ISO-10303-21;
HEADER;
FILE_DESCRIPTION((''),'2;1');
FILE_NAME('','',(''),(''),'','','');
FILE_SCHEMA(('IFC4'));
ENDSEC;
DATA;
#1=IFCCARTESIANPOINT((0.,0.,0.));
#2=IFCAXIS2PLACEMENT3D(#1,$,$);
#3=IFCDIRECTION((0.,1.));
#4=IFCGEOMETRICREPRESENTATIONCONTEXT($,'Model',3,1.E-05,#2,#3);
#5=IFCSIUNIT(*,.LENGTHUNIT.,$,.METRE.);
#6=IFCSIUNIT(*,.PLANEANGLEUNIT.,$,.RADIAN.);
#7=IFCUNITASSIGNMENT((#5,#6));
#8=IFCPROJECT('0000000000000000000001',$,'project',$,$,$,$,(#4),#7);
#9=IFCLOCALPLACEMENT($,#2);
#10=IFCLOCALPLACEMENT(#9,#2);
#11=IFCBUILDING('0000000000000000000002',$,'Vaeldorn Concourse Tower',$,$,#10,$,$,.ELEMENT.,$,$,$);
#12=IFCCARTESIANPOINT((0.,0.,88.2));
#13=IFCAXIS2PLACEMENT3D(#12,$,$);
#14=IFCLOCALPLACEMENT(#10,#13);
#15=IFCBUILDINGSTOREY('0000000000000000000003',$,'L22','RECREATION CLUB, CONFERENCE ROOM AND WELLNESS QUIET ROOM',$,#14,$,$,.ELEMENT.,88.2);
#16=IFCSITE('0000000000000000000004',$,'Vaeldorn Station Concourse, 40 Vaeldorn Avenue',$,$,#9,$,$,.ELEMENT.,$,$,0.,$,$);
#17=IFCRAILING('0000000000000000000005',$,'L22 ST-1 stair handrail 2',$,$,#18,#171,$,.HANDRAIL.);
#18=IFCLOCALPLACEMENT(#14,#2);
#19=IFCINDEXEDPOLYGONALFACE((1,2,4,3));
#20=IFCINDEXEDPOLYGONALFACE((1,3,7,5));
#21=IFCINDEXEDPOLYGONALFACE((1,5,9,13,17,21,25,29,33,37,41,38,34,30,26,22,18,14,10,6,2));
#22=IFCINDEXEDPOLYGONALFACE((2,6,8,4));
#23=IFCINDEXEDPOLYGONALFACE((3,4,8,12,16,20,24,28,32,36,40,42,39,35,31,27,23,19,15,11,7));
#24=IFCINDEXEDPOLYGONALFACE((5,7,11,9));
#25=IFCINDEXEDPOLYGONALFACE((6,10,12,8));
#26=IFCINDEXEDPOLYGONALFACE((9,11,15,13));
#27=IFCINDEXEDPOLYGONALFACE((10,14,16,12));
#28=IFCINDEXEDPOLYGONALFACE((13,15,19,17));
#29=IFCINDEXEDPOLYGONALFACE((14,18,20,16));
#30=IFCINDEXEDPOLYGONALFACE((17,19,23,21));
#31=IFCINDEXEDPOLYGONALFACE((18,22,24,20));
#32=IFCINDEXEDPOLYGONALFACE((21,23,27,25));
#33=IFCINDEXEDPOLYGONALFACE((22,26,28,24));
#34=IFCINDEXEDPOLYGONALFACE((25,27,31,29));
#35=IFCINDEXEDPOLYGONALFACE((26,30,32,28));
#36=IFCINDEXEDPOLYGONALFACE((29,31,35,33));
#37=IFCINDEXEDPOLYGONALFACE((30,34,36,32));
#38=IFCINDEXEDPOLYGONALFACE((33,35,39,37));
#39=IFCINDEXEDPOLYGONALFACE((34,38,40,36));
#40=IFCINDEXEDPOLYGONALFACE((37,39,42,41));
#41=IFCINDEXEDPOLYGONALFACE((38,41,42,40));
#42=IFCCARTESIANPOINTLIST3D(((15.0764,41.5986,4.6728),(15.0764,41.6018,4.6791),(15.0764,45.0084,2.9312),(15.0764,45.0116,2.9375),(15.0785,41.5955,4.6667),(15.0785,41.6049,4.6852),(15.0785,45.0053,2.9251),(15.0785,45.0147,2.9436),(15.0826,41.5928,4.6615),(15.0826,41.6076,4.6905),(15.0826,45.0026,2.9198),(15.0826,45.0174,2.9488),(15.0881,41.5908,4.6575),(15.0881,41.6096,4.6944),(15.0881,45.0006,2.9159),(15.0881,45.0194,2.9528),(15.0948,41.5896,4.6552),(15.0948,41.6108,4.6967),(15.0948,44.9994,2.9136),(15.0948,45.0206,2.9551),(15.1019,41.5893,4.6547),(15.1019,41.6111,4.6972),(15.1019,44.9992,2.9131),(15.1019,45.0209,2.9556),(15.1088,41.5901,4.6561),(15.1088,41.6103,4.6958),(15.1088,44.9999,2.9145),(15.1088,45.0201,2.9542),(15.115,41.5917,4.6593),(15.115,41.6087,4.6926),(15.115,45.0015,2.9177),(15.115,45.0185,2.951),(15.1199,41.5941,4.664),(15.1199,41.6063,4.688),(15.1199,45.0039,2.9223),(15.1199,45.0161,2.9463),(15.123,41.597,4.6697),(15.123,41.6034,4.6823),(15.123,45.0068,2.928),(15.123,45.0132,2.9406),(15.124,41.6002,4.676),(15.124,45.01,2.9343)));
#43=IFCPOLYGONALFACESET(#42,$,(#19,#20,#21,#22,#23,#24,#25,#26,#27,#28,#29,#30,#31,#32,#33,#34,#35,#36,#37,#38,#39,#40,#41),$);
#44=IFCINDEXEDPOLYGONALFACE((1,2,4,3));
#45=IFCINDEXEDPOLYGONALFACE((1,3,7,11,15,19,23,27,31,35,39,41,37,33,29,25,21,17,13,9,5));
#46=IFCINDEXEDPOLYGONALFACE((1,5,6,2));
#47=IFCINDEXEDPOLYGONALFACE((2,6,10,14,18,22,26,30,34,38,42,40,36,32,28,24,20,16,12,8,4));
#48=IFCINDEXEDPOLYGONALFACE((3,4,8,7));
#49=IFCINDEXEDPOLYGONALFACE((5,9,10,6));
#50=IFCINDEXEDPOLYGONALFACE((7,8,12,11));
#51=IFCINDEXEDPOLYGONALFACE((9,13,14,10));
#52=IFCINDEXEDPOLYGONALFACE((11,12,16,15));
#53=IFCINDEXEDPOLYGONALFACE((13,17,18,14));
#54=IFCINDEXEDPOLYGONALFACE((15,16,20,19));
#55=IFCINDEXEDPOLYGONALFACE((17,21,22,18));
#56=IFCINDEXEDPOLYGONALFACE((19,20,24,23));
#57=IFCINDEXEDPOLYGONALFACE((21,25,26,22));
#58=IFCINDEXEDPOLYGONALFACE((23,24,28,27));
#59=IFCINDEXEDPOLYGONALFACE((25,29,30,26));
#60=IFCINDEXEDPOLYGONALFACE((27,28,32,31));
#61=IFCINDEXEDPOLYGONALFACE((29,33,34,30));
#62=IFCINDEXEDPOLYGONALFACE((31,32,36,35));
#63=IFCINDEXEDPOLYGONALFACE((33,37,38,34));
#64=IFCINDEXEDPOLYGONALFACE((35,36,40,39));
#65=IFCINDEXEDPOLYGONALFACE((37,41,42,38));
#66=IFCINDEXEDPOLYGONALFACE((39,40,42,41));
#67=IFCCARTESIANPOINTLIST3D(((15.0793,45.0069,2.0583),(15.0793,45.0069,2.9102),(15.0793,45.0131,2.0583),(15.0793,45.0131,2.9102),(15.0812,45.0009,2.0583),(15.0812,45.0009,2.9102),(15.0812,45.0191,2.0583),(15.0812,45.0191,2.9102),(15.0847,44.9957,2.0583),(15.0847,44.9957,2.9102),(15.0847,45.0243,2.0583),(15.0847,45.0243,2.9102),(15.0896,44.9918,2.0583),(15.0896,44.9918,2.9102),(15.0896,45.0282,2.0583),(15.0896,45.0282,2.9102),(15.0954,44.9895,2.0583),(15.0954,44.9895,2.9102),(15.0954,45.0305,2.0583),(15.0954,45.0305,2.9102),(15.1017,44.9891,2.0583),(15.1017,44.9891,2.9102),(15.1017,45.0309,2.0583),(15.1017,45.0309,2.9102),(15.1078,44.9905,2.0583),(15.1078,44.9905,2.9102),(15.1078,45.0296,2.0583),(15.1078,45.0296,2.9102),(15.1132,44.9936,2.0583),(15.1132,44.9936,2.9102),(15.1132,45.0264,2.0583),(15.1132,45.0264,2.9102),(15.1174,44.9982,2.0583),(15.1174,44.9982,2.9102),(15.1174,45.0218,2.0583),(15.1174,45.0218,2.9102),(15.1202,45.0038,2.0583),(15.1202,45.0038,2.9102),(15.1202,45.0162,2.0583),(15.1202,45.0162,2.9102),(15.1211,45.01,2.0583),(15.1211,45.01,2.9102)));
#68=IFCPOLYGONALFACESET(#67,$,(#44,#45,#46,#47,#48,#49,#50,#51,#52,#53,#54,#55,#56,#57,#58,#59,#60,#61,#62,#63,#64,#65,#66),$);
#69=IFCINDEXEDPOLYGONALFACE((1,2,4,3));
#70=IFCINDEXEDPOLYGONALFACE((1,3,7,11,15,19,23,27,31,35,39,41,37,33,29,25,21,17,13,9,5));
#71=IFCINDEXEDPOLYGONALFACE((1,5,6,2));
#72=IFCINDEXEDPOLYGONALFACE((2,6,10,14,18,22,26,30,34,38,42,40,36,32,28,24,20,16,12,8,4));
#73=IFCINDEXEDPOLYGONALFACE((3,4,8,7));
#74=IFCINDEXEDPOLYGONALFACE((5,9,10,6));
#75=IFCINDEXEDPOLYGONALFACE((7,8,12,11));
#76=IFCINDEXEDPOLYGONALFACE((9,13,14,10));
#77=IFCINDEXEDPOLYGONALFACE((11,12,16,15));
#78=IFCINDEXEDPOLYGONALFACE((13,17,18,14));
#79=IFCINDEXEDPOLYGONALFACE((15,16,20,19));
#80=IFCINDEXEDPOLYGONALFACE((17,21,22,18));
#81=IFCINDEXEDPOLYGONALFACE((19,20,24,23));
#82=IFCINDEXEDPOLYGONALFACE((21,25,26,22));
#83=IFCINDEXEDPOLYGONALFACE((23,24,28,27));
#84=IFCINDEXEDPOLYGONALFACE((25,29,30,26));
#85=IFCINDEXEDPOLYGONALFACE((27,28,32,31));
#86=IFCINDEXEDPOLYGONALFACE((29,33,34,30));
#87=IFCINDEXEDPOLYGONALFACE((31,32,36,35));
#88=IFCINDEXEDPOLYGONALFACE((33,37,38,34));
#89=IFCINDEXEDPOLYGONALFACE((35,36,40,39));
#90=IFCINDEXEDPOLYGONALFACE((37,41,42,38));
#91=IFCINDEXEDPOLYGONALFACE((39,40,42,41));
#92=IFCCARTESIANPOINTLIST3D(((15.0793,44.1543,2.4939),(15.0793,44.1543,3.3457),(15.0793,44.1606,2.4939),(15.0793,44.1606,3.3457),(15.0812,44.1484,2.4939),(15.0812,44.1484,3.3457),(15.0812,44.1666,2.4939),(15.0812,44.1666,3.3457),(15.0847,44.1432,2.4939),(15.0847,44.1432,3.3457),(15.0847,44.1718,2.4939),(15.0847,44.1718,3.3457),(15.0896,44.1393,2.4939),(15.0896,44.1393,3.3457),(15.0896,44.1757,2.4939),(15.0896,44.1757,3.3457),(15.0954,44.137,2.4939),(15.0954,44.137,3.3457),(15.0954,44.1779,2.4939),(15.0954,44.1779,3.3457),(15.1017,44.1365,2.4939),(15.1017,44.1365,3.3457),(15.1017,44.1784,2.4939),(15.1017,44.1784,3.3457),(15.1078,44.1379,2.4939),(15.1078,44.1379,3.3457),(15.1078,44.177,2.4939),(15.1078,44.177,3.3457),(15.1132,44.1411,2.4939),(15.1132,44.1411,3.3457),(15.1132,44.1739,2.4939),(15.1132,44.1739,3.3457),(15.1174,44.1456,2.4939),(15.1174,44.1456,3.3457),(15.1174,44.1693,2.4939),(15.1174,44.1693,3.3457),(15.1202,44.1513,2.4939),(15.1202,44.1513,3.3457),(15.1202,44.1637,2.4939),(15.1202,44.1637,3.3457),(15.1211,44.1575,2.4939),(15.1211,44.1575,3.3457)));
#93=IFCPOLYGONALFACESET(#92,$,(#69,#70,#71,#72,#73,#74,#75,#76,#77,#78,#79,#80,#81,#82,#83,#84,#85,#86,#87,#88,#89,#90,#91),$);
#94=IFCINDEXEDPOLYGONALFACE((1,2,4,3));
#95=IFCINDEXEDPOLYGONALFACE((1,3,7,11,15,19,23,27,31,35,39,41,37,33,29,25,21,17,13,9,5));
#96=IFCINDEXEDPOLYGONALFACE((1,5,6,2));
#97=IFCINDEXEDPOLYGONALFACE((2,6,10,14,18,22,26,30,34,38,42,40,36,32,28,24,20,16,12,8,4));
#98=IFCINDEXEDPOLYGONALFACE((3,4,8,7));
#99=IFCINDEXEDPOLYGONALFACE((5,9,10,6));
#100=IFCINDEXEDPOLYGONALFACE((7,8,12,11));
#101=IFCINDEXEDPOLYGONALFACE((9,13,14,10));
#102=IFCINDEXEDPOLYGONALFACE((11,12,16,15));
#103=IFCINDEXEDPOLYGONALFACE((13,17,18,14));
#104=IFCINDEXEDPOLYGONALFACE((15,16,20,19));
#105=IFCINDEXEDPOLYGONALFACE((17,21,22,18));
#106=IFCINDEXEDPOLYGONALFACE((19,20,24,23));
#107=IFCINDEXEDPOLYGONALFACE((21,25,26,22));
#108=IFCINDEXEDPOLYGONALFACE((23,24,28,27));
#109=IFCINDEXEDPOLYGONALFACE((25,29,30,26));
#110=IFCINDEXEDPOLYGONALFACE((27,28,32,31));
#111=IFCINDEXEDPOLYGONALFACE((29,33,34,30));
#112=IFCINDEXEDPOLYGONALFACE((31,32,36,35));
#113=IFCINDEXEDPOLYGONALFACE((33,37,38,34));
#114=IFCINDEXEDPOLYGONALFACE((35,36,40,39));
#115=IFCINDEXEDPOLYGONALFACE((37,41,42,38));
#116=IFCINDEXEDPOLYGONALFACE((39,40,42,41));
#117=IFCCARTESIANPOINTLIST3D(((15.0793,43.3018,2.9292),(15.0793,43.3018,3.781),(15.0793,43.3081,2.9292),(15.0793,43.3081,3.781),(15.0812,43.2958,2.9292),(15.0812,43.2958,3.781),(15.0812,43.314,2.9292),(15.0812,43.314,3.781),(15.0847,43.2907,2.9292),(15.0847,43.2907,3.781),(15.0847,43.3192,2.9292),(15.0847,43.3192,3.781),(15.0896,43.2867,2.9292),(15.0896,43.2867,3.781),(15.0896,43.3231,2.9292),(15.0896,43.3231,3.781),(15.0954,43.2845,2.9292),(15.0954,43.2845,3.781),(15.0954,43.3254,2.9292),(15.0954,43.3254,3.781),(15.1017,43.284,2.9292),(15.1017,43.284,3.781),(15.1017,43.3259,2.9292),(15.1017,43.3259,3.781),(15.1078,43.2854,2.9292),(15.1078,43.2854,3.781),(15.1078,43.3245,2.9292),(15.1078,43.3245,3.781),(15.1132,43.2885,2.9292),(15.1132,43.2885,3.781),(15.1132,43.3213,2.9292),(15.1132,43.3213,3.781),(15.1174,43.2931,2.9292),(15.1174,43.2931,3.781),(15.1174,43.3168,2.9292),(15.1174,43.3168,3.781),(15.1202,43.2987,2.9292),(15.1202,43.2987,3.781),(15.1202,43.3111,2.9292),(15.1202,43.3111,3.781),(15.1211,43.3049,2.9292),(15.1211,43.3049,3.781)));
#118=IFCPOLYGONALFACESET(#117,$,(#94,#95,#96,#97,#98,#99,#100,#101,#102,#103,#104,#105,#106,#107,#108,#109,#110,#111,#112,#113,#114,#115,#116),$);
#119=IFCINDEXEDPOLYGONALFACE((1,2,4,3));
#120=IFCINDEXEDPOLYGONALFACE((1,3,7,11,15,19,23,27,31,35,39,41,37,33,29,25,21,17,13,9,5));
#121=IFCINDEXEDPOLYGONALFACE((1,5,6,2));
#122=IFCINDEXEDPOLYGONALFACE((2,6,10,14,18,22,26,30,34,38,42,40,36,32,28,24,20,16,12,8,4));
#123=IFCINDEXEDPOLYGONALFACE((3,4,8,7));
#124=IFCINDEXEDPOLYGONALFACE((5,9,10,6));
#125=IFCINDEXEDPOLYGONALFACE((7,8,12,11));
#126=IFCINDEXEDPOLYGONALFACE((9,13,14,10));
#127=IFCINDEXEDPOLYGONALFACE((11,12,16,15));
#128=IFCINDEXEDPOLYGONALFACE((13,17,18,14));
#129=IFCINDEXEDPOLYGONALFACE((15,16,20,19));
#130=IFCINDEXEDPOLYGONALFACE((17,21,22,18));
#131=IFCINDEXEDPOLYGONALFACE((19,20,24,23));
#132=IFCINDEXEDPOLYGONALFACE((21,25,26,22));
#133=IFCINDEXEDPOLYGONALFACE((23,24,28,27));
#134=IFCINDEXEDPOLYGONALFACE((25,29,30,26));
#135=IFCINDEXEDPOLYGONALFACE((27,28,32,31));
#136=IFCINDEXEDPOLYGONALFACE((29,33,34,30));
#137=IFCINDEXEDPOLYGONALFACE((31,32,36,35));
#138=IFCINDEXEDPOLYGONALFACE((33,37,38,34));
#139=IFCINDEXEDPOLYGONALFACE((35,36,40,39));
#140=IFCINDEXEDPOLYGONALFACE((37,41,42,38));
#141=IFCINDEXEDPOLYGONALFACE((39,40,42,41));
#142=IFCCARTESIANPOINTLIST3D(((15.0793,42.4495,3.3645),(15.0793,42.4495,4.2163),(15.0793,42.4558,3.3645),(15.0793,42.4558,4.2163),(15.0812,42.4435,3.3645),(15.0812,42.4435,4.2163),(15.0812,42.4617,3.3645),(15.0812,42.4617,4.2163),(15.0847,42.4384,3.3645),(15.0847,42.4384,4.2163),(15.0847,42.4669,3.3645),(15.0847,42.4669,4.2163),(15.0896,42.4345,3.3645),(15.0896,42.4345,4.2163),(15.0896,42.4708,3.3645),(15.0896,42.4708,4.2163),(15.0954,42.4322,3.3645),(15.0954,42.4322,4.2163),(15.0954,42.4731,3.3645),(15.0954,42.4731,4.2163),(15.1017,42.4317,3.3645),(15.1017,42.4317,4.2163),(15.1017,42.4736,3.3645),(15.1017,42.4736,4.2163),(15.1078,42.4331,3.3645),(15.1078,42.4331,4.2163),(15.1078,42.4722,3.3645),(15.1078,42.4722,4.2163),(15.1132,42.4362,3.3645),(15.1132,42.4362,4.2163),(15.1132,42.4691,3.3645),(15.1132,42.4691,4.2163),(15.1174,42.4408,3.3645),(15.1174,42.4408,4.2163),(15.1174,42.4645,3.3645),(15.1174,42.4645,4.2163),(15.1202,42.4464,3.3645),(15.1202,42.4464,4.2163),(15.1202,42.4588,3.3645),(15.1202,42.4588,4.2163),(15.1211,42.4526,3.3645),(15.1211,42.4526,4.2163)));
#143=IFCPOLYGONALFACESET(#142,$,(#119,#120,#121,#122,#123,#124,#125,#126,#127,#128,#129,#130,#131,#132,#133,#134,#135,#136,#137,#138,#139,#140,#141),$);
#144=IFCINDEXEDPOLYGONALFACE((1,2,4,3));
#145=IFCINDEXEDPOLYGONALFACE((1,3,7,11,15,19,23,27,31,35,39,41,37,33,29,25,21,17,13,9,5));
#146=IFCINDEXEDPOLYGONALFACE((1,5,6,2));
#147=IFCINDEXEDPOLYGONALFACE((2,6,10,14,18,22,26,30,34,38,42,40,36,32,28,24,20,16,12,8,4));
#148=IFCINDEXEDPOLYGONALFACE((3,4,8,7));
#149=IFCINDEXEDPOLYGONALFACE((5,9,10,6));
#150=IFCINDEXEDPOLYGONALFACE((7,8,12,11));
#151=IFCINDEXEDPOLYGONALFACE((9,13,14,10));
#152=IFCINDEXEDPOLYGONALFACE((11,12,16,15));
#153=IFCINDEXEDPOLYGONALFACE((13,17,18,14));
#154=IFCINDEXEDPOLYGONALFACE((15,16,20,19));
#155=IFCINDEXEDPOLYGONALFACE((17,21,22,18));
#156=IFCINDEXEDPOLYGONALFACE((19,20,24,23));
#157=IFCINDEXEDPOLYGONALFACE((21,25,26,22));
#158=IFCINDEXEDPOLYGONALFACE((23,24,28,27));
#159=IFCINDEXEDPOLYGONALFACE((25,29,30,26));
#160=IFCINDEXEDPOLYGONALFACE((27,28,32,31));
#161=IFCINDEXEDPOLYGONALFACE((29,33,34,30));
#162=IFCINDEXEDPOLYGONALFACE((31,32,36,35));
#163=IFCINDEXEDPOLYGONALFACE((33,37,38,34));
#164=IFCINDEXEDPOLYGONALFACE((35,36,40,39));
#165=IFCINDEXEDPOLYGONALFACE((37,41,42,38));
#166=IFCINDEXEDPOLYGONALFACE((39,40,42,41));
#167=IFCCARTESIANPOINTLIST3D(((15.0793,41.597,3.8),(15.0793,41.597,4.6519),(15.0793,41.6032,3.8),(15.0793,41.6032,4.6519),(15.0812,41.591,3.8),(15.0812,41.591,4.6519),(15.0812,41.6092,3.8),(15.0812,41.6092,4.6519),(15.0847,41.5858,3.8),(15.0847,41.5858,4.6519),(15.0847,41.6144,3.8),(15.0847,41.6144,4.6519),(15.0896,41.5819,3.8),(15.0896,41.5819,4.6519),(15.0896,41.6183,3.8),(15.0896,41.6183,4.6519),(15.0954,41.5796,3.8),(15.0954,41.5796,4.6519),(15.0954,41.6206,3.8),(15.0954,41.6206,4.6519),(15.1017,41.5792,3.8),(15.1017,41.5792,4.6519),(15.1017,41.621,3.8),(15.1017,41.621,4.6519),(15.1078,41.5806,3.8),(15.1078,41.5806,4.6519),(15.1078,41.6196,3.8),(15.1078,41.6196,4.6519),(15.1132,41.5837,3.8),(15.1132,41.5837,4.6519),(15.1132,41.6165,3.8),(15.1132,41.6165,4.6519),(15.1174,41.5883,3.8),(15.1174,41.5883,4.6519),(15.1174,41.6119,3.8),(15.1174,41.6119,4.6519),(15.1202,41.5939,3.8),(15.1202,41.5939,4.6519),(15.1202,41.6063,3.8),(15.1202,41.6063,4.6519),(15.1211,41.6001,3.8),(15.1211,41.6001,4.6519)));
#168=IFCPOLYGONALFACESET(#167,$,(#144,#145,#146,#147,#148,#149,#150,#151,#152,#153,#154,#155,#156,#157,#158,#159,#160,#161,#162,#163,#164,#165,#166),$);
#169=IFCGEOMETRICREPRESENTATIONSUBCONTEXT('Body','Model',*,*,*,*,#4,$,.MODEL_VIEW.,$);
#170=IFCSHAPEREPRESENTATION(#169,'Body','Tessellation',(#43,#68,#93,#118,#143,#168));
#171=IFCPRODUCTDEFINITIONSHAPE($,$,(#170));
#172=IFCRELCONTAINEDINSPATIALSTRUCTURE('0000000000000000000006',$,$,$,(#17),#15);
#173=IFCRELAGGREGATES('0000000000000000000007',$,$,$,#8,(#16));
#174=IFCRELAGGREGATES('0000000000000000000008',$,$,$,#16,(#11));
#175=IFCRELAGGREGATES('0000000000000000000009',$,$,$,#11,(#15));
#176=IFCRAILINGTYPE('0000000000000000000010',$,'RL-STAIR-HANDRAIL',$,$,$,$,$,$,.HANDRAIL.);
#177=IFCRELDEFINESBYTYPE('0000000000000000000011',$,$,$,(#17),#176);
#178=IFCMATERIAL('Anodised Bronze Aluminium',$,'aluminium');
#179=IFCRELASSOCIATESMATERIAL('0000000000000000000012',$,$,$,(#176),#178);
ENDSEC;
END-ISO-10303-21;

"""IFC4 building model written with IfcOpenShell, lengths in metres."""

from ifc_helpers import new_model, si_unit, direction, frame, origin, origin_2d, place, context, subcontext, project, spatial, circle, extrude, material, type_object, element, save


model = new_model("IFC4")

# Units and contexts
model_context = context("Model", 3, precision=1e-05, world=origin(), true_north=direction((0.0, 1.0)))
body_context = subcontext(model_context, "Body", "Model", "MODEL_VIEW")
ifc_project = project(units=[si_unit("LENGTHUNIT", "METRE"), si_unit("PLANEANGLEUNIT", "RADIAN")], contexts=[model_context])

# Site, building, storey
site_placement = place(None, origin())
site = spatial("IfcSite", under=ifc_project, at=site_placement, Name="Vaeldorn Station Concourse, 40 Vaeldorn Avenue", CompositionType="ELEMENT", RefElevation=0.0)
building_placement = place(site_placement, origin())
building = spatial("IfcBuilding", under=site, at=building_placement, Name="Vaeldorn Concourse Tower", CompositionType="ELEMENT")
storey_placement = place(building_placement, frame((0.0, 0.0, 88.2)))
storey = spatial("IfcBuildingStorey", under=building, at=storey_placement, Name="L22", Description="RECREATION CLUB, CONFERENCE ROOM AND WELLNESS QUIET ROOM", CompositionType="ELEMENT", Elevation=88.2)

# Shared definitions
ifc_material_1 = material(Name="Anodised Bronze Aluminium", Category="aluminium")

# Railing
railing_type_1 = type_object("IfcRailingType", Name="RL-STAIR-HANDRAIL", PredefinedType="HANDRAIL", material=ifc_material_1)
railing_1_placement = place(storey_placement, frame((15.1001, 45.01, 2.0583)))
element("IfcRailing", 1, at=railing_1_placement, inside=storey, type_object=railing_type_1, Name="L22 ST-1 stair handrail 2", PredefinedType="HANDRAIL", context=body_context, shape_type="SweptSolid", body=[
    extrude(circle(Radius=0.0239, at=origin_2d()), frame((0.0, 0.0, 0.876), z_axis=(0.0, -0.890556, 0.454874), x_axis=(1.0, 0.0, 0.0)), (0.0, 0.0, 1.0), 3.8289),
    extrude(circle(Radius=0.021, at=origin_2d()), origin(), (0.0, 0.0, 1.0), 0.8518),
    extrude(circle(Radius=0.021, at=origin_2d()), frame((0.0, -0.8525, 0.4355)), (0.0, 0.0, 1.0), 0.8518),
    extrude(circle(Radius=0.021, at=origin_2d()), frame((0.0, -1.7051, 0.8708)), (0.0, 0.0, 1.0), 0.8518),
    extrude(circle(Radius=0.021, at=origin_2d()), frame((0.0, -2.5574, 1.3062)), (0.0, 0.0, 1.0), 0.8518),
    extrude(circle(Radius=0.021, at=origin_2d()), frame((0.0, -3.4099, 1.7417)), (0.0, 0.0, 1.0), 0.8518),
])

save(model, "model.ifc")
